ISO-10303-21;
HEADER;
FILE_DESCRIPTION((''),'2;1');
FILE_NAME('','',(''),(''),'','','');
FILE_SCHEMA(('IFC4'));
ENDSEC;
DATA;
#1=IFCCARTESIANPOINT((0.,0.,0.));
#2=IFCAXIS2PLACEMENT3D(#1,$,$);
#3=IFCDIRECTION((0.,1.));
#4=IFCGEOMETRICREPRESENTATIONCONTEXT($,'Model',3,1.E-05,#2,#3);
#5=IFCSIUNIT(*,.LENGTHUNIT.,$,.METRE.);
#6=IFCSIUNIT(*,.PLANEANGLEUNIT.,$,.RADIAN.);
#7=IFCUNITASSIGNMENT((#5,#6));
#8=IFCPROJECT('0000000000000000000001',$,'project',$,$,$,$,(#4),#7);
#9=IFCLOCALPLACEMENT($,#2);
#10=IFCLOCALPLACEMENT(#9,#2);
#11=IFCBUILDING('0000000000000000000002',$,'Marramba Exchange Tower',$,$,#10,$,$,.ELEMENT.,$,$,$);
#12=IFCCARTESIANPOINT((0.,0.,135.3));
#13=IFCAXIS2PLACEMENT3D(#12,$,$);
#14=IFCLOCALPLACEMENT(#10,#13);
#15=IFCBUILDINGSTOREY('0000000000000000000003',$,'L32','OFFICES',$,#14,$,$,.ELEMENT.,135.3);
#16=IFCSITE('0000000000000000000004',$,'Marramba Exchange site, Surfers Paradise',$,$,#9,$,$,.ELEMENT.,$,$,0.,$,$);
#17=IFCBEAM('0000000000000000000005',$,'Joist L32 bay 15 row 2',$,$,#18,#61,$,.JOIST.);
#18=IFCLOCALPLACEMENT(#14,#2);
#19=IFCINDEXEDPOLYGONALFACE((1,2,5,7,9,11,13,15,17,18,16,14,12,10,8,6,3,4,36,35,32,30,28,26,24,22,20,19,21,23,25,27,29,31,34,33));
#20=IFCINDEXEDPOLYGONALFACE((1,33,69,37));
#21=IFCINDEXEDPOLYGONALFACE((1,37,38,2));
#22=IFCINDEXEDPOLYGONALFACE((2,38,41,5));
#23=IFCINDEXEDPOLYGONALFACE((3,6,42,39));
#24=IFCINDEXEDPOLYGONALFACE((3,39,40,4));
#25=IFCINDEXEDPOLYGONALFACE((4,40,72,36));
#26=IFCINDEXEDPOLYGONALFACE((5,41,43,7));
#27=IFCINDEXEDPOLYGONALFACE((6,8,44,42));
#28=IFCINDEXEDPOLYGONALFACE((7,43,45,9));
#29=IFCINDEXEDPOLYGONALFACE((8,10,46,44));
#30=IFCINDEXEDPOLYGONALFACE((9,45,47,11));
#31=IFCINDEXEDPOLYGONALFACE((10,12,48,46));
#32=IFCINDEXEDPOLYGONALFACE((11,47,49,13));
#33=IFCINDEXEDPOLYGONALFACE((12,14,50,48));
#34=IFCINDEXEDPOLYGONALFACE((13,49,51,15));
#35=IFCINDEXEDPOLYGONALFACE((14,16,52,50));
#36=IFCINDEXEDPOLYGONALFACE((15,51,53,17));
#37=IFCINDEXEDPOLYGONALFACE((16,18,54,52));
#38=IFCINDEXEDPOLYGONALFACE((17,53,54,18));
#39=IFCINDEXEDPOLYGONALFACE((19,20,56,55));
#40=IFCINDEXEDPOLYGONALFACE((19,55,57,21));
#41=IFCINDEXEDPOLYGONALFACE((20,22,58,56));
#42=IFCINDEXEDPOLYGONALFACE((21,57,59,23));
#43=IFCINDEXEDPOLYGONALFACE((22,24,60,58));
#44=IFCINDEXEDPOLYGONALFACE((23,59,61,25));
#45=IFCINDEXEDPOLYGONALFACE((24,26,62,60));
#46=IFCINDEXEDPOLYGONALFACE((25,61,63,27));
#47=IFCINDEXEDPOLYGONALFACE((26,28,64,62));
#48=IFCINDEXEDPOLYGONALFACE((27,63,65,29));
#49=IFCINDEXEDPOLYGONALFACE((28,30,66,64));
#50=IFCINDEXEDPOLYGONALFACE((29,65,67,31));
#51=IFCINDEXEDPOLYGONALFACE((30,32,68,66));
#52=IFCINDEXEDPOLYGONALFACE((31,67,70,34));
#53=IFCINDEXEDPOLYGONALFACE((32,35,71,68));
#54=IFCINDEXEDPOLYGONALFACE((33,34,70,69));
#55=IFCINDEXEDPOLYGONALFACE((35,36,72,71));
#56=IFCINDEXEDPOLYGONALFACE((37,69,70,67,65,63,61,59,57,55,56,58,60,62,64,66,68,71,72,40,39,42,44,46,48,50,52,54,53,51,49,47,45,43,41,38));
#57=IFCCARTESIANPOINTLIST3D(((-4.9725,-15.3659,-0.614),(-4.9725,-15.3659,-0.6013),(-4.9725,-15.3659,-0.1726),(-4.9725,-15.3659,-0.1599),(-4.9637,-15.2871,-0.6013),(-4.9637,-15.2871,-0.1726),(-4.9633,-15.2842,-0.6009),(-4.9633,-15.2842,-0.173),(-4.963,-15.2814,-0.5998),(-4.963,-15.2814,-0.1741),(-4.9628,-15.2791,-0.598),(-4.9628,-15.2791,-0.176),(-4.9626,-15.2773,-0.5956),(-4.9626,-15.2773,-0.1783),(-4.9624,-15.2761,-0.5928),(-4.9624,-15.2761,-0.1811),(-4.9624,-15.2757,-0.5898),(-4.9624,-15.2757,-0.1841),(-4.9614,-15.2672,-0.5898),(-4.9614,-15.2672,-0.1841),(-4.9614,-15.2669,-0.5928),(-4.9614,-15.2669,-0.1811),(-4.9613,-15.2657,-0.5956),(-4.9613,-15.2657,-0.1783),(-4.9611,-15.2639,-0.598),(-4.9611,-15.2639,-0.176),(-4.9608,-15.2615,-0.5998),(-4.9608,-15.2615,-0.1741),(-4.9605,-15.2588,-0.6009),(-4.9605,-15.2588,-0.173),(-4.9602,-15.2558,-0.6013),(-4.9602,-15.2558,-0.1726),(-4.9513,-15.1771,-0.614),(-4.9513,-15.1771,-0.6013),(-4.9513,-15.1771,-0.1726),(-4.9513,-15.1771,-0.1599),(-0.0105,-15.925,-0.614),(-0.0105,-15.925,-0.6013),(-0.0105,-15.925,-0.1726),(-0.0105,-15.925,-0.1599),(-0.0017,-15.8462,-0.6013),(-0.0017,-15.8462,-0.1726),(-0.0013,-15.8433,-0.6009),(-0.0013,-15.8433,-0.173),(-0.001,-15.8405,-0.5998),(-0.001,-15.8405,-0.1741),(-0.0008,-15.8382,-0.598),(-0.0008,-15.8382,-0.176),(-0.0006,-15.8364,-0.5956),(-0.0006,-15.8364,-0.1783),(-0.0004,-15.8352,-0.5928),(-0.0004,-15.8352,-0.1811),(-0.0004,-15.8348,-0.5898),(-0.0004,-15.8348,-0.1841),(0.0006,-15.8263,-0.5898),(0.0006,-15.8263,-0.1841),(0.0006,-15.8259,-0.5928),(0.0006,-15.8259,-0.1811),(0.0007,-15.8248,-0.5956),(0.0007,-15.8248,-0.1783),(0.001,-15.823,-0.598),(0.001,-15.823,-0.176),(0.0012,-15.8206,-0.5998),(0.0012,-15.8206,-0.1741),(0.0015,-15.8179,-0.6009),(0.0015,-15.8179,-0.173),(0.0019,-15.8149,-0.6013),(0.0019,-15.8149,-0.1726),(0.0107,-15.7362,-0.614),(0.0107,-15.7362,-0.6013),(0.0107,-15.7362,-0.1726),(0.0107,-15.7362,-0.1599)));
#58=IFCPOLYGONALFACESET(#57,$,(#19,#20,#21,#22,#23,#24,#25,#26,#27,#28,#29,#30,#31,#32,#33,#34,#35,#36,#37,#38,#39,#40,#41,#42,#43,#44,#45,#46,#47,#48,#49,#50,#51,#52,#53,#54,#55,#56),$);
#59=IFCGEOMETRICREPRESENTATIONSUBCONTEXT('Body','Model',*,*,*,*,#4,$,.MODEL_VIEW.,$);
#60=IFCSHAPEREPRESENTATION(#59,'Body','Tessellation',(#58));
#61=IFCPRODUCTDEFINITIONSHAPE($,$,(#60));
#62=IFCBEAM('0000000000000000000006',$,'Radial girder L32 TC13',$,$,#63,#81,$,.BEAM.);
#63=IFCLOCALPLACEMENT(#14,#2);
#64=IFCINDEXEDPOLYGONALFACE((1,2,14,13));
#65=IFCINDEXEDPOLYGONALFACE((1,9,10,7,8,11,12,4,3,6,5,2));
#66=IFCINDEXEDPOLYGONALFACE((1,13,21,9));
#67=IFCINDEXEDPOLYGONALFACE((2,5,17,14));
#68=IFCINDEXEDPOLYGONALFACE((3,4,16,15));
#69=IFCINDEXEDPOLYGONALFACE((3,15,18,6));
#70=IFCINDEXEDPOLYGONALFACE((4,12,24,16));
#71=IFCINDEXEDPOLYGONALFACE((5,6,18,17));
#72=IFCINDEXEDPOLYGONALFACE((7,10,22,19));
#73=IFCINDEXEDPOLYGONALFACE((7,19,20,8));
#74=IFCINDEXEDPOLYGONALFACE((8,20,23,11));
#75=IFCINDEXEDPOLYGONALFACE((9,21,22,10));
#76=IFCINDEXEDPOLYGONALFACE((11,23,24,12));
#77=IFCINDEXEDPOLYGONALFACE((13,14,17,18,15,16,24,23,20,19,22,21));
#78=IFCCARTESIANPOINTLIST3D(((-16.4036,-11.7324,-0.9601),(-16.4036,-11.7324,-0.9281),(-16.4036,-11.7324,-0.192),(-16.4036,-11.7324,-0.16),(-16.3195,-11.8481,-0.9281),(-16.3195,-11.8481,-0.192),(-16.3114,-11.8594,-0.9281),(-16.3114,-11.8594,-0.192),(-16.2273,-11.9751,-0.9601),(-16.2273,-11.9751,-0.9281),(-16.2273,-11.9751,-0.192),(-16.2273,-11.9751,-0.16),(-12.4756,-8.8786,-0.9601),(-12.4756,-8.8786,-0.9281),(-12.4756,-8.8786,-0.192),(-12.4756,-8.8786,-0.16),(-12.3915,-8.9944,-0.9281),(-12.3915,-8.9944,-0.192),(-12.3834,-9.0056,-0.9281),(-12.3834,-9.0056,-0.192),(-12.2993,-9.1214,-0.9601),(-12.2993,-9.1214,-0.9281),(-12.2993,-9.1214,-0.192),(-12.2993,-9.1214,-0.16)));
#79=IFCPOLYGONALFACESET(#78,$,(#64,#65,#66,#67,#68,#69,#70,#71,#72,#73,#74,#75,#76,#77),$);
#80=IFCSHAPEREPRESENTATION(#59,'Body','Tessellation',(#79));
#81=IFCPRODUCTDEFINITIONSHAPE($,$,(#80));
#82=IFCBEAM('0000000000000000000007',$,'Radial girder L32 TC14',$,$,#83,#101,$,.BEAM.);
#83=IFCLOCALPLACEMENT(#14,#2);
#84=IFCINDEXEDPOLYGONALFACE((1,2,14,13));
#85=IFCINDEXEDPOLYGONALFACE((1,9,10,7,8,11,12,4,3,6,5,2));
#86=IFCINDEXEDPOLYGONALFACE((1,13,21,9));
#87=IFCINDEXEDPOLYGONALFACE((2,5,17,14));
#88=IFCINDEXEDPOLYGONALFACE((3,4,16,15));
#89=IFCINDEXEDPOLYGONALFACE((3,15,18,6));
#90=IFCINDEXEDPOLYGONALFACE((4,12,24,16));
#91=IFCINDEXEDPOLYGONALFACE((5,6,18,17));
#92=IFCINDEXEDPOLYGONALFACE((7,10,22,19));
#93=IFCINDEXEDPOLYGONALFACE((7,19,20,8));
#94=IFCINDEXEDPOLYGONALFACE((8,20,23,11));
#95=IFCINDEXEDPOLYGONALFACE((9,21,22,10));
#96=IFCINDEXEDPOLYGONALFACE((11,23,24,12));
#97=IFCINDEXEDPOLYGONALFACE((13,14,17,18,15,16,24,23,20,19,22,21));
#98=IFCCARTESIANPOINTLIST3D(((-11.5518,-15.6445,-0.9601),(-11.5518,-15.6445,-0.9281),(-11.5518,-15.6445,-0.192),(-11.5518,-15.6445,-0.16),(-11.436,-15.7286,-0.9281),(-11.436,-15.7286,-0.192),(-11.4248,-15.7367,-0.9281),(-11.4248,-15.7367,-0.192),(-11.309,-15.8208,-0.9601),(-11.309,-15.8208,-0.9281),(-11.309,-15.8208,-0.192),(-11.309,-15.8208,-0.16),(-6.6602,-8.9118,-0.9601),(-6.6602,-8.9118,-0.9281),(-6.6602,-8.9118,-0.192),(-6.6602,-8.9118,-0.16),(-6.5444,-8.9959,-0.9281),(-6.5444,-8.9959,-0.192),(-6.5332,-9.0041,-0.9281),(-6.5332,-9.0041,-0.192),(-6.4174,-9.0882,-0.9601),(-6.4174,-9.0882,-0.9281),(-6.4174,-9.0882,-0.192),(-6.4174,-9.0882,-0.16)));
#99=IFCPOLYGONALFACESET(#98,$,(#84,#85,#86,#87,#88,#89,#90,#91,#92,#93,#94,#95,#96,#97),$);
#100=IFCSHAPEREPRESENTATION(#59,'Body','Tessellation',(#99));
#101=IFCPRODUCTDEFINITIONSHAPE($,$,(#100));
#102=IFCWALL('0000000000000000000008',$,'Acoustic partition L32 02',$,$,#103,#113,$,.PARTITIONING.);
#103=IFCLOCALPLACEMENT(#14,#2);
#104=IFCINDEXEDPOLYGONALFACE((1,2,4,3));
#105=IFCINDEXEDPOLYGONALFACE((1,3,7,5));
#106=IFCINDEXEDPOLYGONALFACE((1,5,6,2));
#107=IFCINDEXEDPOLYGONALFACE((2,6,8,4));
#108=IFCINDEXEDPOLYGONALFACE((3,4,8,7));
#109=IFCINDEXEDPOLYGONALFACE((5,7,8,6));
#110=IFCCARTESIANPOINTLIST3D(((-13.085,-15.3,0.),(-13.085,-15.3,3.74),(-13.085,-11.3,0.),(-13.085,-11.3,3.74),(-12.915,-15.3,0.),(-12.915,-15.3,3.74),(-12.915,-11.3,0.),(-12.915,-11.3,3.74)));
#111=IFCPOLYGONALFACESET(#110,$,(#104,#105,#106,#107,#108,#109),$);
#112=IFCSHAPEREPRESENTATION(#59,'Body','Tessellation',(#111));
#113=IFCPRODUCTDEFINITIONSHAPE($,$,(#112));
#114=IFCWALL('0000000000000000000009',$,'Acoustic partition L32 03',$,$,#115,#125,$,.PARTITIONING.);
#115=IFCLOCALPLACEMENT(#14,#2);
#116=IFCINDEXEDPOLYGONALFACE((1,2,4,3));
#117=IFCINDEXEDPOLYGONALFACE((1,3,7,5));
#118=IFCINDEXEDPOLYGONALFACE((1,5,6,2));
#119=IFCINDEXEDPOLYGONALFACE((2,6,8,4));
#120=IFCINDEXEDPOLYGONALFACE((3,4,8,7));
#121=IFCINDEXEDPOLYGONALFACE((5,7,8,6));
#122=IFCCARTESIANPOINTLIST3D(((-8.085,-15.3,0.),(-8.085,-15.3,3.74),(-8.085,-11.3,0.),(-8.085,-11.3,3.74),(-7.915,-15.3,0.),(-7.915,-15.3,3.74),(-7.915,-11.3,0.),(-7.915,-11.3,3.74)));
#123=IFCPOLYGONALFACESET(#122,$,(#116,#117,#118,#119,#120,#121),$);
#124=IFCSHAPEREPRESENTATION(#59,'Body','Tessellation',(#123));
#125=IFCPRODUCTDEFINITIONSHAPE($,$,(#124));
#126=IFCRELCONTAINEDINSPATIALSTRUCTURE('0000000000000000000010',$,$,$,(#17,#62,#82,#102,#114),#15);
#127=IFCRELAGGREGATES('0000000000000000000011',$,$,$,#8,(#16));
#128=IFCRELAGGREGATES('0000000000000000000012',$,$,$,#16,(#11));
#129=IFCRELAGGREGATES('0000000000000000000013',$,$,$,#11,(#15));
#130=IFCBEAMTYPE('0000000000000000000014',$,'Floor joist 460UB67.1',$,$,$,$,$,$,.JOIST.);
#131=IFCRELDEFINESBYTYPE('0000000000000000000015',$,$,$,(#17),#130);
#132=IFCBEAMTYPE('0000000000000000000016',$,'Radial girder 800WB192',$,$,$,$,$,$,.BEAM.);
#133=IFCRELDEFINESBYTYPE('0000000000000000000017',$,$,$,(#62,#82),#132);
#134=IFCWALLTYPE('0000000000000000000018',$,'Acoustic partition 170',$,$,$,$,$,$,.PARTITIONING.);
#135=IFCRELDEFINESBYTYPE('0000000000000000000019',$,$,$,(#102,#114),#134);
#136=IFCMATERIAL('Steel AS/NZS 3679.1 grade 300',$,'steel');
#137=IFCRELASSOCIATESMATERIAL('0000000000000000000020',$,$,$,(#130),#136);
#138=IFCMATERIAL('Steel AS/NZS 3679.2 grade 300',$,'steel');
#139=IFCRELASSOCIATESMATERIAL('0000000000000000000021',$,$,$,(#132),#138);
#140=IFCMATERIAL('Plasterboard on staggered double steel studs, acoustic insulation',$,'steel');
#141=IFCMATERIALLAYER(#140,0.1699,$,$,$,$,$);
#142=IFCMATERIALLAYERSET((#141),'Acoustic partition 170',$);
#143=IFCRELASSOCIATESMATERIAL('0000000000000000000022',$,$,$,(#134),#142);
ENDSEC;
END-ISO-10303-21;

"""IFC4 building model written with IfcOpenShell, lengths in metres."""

from ifc_helpers import new_model, si_unit, direction, frame, frame_2d, origin, origin_2d, place, context, subcontext, project, spatial, rectangle, i_section, extrude, material, layer, layer_set, material_profile, profile_set, type_object, element, save


model = new_model("IFC4")

# Units and contexts
model_context = context("Model", 3, precision=1e-05, world=origin(), true_north=direction((0.0, 1.0)))
body_context = subcontext(model_context, "Body", "Model", "MODEL_VIEW")
ifc_project = project(units=[si_unit("LENGTHUNIT", "METRE"), si_unit("PLANEANGLEUNIT", "RADIAN")], contexts=[model_context])

# Site, building, storey
site_placement = place(None, origin())
site = spatial("IfcSite", under=ifc_project, at=site_placement, Name="Marramba Exchange site, Surfers Paradise", CompositionType="ELEMENT", RefElevation=0.0)
building_placement = place(site_placement, origin())
building = spatial("IfcBuilding", under=site, at=building_placement, Name="Marramba Exchange Tower", CompositionType="ELEMENT")
storey_placement = place(building_placement, frame((0.0, 0.0, 135.3)))
storey = spatial("IfcBuildingStorey", under=building, at=storey_placement, Name="L32", Description="OFFICES", CompositionType="ELEMENT", Elevation=135.3)

# Beams
ifc_material_1 = material(Name="Steel AS/NZS 3679.2 grade 300", Category="steel")
ifc_material_2 = material(Name="Steel AS/NZS 3679.1 grade 300", Category="steel")
ifc_material_profile_1 = material_profile(ifc_material_2, i_section(OverallWidth=0.1899, OverallDepth=0.4541, WebThickness=0.0085, FlangeThickness=0.0127, FilletRadius=0.0115, at=origin_2d()), Name="460UB67.1")
ifc_profile_set_1 = profile_set([ifc_material_profile_1], Name="Steel AS/NZS 3679.1 grade 300")
beam_type_1 = type_object("IfcBeamType", Name="Floor joist 460UB67.1", PredefinedType="JOIST", material=ifc_profile_set_1)
beam_1_placement = place(storey_placement, frame((-4.9619, -15.2715, -0.387), z_axis=(0.993712, -0.111966, 0.0), x_axis=(0.111966, 0.993712, 0.0)))
element("IfcBeam", 1, at=beam_1_placement, inside=storey, type_object=beam_type_1, Name="Joist L32 bay 15 row 2", PredefinedType="JOIST", context=body_context, shape_type="SweptSolid", body=[
    extrude(i_section(OverallWidth=0.1899, OverallDepth=0.4541, WebThickness=0.0085, FlangeThickness=0.0127, FilletRadius=0.0115, at=origin_2d()), origin(), (0.0, 0.0, 1.0), 4.9934),
])
ifc_material_profile_2 = material_profile(ifc_material_1, i_section(OverallWidth=0.3, OverallDepth=0.8, WebThickness=0.0139, FlangeThickness=0.032, at=origin_2d()), Name="800WB192")
ifc_profile_set_2 = profile_set([ifc_material_profile_2], Name="Steel AS/NZS 3679.2 grade 300")
beam_type_2 = type_object("IfcBeamType", Name="Radial girder 800WB192", PredefinedType="BEAM", material=ifc_profile_set_2)
beam_2_placement = place(storey_placement, frame((-12.3875, -9.0, -0.5601), z_axis=(-0.809025, -0.587774, 0.0), x_axis=(0.587774, -0.809025, 0.0)))
element("IfcBeam", 2, at=beam_2_placement, inside=storey, type_object=beam_type_2, Name="Radial girder L32 TC13", PredefinedType="BEAM", context=body_context, shape_type="SweptSolid", body=[
    extrude(i_section(OverallWidth=0.3, OverallDepth=0.8, WebThickness=0.0139, FlangeThickness=0.032, at=origin_2d()), origin(), (0.0, 0.0, 1.0), 4.8552),
])
beam_3_placement = place(storey_placement, frame((-6.5388, -9.0, -0.5601), z_axis=(-0.587788, -0.809015, 0.0), x_axis=(0.809015, -0.587788, 0.0)))
element("IfcBeam", 3, at=beam_3_placement, inside=storey, type_object=beam_type_2, Name="Radial girder L32 TC14", PredefinedType="BEAM", context=body_context, shape_type="SweptSolid", body=[
    extrude(i_section(OverallWidth=0.3, OverallDepth=0.8, WebThickness=0.0139, FlangeThickness=0.032, at=origin_2d()), origin(), (0.0, 0.0, 1.0), 8.322),
])

# Walls
ifc_material_3 = material(Name="Plasterboard on staggered double steel studs, acoustic insulation", Category="steel")
ifc_layer_1 = layer(ifc_material_3, 0.1699)
ifc_layer_set_1 = layer_set([ifc_layer_1], Name="Acoustic partition 170")
wall_type_1 = type_object("IfcWallType", Name="Acoustic partition 170", PredefinedType="PARTITIONING", material=ifc_layer_set_1)
for number, where, z_axis, x_axis, name in (
    (4, (-13.0, -15.3, 0.0), (0.0, 0.0, 1.0), (0.0, 1.0, 0.0), "Acoustic partition L32 02"),
    (5, (-8.0, -11.3, 0.0), (0.0, 0.0, 1.0), (0.0, -1.0, 0.0), "Acoustic partition L32 03"),
):
    element("IfcWall", number, at=place(storey_placement, frame(where, z_axis=z_axis, x_axis=x_axis)), inside=storey, type_object=wall_type_1, Name=name, PredefinedType="PARTITIONING", context=body_context, shape_type="SweptSolid", body=[
        extrude(rectangle(XDim=4.0, YDim=0.1699, at=frame_2d((2.0, 0.0))), origin(), (0.0, 0.0, 1.0), 3.74),
    ])

save(model, "model.ifc")
